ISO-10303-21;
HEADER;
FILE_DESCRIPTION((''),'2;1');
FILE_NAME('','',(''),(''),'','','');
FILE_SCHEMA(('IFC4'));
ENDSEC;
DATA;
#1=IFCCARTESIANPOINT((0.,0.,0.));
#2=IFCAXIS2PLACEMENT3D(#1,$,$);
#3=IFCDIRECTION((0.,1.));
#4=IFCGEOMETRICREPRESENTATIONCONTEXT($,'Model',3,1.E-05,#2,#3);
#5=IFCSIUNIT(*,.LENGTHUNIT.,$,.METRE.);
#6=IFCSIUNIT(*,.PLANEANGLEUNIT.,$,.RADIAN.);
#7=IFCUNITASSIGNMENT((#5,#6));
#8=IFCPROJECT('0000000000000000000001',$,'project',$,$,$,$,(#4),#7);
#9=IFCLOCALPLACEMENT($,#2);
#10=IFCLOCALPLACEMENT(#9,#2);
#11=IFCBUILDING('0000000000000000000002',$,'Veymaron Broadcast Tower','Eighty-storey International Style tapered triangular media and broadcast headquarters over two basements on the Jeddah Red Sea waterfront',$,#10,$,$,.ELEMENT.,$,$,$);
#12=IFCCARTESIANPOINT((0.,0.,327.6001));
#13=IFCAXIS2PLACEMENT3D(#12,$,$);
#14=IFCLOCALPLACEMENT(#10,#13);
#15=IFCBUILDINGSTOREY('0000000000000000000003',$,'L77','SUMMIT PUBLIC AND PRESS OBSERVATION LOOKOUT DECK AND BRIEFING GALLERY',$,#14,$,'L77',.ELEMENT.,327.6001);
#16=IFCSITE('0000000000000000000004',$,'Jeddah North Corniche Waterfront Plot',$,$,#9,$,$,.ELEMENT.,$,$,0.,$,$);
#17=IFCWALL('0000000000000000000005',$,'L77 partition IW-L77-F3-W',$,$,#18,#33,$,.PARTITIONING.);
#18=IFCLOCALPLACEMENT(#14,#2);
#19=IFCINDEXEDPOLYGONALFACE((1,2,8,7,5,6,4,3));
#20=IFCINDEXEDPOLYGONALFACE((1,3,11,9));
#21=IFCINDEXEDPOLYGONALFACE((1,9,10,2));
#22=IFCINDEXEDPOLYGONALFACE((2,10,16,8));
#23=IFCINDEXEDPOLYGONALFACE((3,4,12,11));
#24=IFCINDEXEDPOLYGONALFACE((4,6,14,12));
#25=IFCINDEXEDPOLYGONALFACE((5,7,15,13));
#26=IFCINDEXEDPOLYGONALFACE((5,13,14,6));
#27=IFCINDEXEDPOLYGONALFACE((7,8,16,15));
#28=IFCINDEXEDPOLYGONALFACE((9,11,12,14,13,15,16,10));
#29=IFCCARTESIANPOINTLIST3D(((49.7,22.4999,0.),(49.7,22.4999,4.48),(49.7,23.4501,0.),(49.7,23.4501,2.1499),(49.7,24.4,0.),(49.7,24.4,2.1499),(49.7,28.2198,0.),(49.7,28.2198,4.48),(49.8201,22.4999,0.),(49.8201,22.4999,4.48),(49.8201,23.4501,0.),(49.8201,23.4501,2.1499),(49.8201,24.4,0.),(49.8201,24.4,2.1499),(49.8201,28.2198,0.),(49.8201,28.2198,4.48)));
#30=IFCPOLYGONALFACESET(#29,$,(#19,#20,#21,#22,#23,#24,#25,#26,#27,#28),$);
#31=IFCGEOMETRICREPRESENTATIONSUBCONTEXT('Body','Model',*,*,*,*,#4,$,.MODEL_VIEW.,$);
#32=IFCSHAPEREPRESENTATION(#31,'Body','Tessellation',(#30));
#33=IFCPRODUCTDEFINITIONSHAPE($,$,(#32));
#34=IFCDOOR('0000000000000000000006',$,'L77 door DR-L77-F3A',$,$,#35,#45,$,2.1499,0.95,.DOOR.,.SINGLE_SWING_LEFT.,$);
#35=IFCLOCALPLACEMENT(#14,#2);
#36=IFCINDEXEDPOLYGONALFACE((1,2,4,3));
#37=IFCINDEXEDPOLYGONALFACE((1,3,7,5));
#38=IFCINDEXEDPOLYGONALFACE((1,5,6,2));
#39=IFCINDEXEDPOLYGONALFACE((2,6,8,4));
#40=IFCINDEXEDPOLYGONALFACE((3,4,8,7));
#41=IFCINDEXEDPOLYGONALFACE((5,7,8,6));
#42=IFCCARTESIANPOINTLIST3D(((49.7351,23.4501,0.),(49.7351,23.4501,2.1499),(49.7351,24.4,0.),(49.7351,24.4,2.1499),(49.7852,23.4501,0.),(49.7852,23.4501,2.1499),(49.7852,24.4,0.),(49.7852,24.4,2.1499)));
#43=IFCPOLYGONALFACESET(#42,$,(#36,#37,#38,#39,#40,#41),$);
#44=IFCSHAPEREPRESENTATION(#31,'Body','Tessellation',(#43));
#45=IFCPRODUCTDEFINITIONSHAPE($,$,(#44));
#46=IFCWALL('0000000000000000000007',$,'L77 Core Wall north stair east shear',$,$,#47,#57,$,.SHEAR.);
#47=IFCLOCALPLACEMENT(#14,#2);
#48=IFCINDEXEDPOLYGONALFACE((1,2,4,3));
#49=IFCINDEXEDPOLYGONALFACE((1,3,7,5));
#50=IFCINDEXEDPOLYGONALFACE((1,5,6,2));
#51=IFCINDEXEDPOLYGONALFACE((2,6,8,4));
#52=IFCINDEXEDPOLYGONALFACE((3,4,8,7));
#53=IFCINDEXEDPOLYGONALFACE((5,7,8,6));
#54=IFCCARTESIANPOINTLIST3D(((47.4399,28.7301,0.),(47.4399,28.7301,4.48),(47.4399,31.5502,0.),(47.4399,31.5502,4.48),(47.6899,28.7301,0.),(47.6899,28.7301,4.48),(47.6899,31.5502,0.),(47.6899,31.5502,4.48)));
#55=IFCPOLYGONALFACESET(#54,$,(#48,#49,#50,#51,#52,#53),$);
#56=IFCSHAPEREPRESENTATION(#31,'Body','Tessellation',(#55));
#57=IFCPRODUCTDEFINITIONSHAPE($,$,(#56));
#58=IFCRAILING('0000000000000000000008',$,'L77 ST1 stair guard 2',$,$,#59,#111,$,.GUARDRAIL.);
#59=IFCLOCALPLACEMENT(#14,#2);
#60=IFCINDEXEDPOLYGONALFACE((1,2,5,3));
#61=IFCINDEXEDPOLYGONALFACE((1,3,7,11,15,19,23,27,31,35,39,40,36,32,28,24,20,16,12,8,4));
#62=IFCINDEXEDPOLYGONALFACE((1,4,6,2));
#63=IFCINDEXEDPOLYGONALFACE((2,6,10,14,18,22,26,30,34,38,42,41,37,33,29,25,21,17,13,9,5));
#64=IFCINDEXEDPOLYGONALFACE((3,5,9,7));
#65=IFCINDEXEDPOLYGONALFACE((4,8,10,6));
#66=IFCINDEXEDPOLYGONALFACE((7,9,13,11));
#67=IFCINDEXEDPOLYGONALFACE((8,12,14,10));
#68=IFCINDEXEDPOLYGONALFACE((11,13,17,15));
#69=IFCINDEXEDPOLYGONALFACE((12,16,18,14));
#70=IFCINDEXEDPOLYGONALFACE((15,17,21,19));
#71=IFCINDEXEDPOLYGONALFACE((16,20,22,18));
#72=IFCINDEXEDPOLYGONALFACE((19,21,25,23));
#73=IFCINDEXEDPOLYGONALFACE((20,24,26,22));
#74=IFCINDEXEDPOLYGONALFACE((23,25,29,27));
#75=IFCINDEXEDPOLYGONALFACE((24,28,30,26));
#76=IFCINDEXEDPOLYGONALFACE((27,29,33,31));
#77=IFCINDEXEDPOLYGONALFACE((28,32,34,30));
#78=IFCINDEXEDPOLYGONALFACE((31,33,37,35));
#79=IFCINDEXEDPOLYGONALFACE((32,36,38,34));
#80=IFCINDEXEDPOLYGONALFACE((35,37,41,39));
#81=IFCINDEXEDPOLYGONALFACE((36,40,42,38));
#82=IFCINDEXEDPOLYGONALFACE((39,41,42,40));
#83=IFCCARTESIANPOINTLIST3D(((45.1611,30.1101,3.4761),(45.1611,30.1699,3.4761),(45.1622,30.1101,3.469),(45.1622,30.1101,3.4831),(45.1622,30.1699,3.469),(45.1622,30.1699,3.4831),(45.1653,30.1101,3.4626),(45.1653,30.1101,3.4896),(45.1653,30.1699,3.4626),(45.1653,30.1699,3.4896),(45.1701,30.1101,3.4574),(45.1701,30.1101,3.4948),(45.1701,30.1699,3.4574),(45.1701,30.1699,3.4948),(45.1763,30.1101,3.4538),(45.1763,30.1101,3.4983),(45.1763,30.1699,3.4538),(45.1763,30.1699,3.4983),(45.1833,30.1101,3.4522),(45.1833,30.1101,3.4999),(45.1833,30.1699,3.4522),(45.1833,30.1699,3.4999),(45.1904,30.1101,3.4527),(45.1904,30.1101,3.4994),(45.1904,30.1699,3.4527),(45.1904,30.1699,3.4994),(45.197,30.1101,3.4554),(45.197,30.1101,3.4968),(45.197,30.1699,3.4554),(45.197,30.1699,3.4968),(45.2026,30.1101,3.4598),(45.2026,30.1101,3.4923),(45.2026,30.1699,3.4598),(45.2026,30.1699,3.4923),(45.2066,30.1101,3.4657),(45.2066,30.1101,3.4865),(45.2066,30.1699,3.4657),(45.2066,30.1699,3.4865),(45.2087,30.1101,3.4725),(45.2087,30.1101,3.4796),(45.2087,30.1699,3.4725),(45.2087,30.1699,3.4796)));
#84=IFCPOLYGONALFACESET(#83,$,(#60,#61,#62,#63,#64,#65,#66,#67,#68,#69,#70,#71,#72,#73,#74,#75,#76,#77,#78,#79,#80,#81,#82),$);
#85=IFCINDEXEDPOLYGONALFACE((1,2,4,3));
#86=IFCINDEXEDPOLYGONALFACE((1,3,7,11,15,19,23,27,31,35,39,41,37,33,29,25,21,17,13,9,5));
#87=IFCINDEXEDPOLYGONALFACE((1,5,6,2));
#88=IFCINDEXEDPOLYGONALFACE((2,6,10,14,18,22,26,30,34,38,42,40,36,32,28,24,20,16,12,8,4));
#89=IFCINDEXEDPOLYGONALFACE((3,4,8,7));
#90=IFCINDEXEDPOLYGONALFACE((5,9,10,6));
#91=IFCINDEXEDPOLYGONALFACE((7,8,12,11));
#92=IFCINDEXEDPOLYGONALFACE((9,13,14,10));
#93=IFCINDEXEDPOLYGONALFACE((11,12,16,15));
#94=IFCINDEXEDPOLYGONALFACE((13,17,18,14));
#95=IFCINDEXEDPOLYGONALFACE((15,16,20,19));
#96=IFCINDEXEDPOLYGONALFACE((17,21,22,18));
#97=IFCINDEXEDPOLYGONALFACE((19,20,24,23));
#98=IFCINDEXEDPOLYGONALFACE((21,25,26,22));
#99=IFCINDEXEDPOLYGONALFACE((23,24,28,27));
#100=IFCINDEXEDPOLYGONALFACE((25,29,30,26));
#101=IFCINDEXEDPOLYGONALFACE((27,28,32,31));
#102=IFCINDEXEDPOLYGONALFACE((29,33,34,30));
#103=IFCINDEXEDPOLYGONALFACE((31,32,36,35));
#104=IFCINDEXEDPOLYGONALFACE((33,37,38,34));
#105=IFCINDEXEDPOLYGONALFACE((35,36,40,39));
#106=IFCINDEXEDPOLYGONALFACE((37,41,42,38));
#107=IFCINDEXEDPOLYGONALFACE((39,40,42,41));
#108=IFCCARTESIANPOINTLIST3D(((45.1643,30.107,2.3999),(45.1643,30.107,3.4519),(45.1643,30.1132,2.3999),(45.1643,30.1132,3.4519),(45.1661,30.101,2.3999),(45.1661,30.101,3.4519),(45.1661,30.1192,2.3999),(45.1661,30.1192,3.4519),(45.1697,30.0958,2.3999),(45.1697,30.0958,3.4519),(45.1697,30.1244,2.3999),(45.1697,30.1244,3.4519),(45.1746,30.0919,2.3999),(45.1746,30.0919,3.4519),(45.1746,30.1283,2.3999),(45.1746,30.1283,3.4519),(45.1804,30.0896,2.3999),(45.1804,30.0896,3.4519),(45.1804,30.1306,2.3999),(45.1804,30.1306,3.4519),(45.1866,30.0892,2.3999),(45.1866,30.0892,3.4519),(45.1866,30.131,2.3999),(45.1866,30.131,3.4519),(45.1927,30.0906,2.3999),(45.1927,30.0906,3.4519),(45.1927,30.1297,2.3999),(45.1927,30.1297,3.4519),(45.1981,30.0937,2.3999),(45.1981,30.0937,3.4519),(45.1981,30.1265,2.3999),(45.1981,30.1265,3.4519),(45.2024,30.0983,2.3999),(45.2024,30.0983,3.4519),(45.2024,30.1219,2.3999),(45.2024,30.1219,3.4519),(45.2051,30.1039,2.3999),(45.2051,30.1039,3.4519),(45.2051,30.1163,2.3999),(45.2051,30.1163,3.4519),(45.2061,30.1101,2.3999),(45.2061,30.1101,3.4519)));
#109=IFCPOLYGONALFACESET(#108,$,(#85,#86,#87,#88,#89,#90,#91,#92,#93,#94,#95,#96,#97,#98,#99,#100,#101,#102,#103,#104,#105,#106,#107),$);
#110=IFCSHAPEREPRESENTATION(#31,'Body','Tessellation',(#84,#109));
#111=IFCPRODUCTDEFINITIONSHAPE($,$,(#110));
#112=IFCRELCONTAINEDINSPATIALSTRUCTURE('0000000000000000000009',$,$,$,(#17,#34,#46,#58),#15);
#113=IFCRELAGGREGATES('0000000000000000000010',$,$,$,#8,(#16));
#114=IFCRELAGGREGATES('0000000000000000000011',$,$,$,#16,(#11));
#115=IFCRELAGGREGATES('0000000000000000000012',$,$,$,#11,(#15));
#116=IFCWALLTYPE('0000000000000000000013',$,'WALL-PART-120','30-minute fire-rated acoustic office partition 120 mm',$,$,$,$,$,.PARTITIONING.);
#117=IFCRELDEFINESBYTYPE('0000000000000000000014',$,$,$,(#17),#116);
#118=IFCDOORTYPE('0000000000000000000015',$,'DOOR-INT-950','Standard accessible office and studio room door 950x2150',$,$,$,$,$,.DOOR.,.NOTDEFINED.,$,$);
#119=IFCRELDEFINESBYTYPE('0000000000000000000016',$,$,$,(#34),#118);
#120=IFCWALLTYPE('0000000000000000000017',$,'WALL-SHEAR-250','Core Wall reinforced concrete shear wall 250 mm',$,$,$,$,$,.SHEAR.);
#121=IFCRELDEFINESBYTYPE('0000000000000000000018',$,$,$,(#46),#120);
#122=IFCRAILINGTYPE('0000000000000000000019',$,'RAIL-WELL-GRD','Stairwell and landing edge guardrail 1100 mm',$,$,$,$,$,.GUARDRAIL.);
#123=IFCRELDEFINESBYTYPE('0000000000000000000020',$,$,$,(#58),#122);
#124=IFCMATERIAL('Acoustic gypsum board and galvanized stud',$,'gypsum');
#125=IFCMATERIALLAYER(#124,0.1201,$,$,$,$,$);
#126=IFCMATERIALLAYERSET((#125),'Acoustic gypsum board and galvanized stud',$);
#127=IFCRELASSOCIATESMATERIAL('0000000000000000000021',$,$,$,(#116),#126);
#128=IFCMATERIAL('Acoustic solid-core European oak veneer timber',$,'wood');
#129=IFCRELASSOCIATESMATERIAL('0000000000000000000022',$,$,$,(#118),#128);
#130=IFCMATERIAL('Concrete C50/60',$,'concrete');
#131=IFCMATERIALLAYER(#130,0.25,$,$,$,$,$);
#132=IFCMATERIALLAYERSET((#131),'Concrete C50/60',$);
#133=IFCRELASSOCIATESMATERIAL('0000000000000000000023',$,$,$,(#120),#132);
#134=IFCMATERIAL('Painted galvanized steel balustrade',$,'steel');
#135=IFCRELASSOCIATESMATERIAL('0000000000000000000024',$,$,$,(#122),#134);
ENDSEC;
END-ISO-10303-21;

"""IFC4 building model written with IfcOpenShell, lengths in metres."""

from ifc_helpers import new_model, si_unit, direction, frame, frame_2d, origin, origin_2d, place, context, subcontext, project, spatial, rectangle, circle, extrude, material, layer, layer_set, type_object, element, fill, save


model = new_model("IFC4")

# Units and contexts
model_context = context("Model", 3, precision=1e-05, world=origin(), true_north=direction((0.0, 1.0)))
body_context = subcontext(model_context, "Body", "Model", "MODEL_VIEW")
ifc_project = project(units=[si_unit("LENGTHUNIT", "METRE"), si_unit("PLANEANGLEUNIT", "RADIAN")], contexts=[model_context])

# Site, building, storey
site_placement = place(None, origin())
site = spatial("IfcSite", under=ifc_project, at=site_placement, Name="Jeddah North Corniche Waterfront Plot", CompositionType="ELEMENT", RefElevation=0.0)
building_placement = place(site_placement, origin())
building = spatial("IfcBuilding", under=site, at=building_placement, Name="Veymaron Broadcast Tower", Description="Eighty-storey International Style tapered triangular media and broadcast headquarters over two basements on the Jeddah Red Sea waterfront", CompositionType="ELEMENT")
storey_placement = place(building_placement, frame((0.0, 0.0, 327.6001)))
storey = spatial("IfcBuildingStorey", under=building, at=storey_placement, Name="L77", Description="SUMMIT PUBLIC AND PRESS OBSERVATION LOOKOUT DECK AND BRIEFING GALLERY", LongName="L77", CompositionType="ELEMENT", Elevation=327.6001)

# Wall, opening, door
ifc_material_1 = material(Name="Acoustic gypsum board and galvanized stud", Category="gypsum")
ifc_layer_1 = layer(ifc_material_1, 0.1201)
ifc_layer_set_1 = layer_set([ifc_layer_1], Name="Acoustic gypsum board and galvanized stud")
wall_type_1 = type_object("IfcWallType", Name="WALL-PART-120", Description="30-minute fire-rated acoustic office partition 120 mm", PredefinedType="PARTITIONING", material=ifc_layer_set_1)
wall_1_placement = place(storey_placement, frame((49.76, 22.5, 0.0), z_axis=(0.0, 0.0, 1.0), x_axis=(0.0, 1.0, 0.0)))
wall_1 = element("IfcWall", 1, at=wall_1_placement, inside=storey, type_object=wall_type_1, Name="L77 partition IW-L77-F3-W", PredefinedType="PARTITIONING", context=body_context, shape_type="SweptSolid", body=[
    extrude(rectangle(XDim=5.72, YDim=0.1201, at=frame_2d((2.8599, 0.0))), origin(), (0.0, 0.0, 1.0), 4.48),
])
opening_1_placement = place(wall_1_placement, frame((0.95, 0.0, 0.0)))
opening_1 = element("IfcOpeningElement", 2, at=opening_1_placement, cuts=wall_1, PredefinedType="OPENING", context=body_context, shape_type="SweptSolid", body=[
    extrude(rectangle(XDim=0.95, YDim=2.1499, at=frame_2d((0.4751, 1.075))), frame((0.0, 0.0701, 0.0), z_axis=(0.0, -1.0, 0.0), x_axis=(1.0, 0.0, 0.0)), (0.0, 0.0, 1.0), 0.1401),
])
ifc_material_2 = material(Name="Acoustic solid-core European oak veneer timber", Category="wood")
door_type_1 = type_object("IfcDoorType", Name="DOOR-INT-950", Description="Standard accessible office and studio room door 950x2150", OperationType="NOTDEFINED", PredefinedType="DOOR", material=ifc_material_2)
door_1_placement = place(opening_1_placement, origin())
door_1 = element("IfcDoor", 3, at=door_1_placement, inside=storey, type_object=door_type_1, Name="L77 door DR-L77-F3A", OperationType="SINGLE_SWING_LEFT", OverallHeight=2.1499, OverallWidth=0.95, PredefinedType="DOOR", context=body_context, shape_type="SweptSolid", body=[
    extrude(rectangle(XDim=0.95, YDim=2.1499, at=frame_2d((0.4751, 1.075))), frame((0.0, 0.0249, 0.0), z_axis=(0.0, -1.0, 0.0), x_axis=(1.0, 0.0, 0.0)), (0.0, 0.0, 1.0), 0.05),
])
fill(opening_1, door_1)

# Wall
ifc_material_3 = material(Name="Concrete C50/60", Category="concrete")
ifc_layer_2 = layer(ifc_material_3, 0.25)
ifc_layer_set_2 = layer_set([ifc_layer_2], Name="Concrete C50/60")
wall_type_2 = type_object("IfcWallType", Name="WALL-SHEAR-250", Description="Core Wall reinforced concrete shear wall 250 mm", PredefinedType="SHEAR", material=ifc_layer_set_2)
wall_2_placement = place(storey_placement, frame((47.5649, 28.73, 0.0), z_axis=(0.0, 0.0, 1.0), x_axis=(0.0, 1.0, 0.0)))
element("IfcWall", 4, at=wall_2_placement, inside=storey, type_object=wall_type_2, Name="L77 Core Wall north stair east shear", PredefinedType="SHEAR", context=body_context, shape_type="SweptSolid", body=[
    extrude(rectangle(XDim=2.8201, YDim=0.25, at=frame_2d((1.4102, 0.0))), origin(), (0.0, 0.0, 1.0), 4.48),
])

# Railing
ifc_material_4 = material(Name="Painted galvanized steel balustrade", Category="steel")
railing_type = type_object("IfcRailingType", Name="RAIL-WELL-GRD", Description="Stairwell and landing edge guardrail 1100 mm", PredefinedType="GUARDRAIL", material=ifc_material_4)
railing_placement = place(storey_placement, frame((45.1851, 30.1101, 2.3999)))
element("IfcRailing", 5, at=railing_placement, inside=storey, type_object=railing_type, Name="L77 ST1 stair guard 2", PredefinedType="GUARDRAIL", context=body_context, shape_type="SweptSolid", body=[
    extrude(circle(Radius=0.0239, at=origin_2d()), frame((0.0, 0.0, 1.0762), z_axis=(0.0, 1.0, 0.0), x_axis=(-1.0, 0.0, 0.0)), (0.0, 0.0, 1.0), 0.0598),
    extrude(circle(Radius=0.021, at=origin_2d()), origin(), (0.0, 0.0, 1.0), 1.052),
])

save(model, "model.ifc")
